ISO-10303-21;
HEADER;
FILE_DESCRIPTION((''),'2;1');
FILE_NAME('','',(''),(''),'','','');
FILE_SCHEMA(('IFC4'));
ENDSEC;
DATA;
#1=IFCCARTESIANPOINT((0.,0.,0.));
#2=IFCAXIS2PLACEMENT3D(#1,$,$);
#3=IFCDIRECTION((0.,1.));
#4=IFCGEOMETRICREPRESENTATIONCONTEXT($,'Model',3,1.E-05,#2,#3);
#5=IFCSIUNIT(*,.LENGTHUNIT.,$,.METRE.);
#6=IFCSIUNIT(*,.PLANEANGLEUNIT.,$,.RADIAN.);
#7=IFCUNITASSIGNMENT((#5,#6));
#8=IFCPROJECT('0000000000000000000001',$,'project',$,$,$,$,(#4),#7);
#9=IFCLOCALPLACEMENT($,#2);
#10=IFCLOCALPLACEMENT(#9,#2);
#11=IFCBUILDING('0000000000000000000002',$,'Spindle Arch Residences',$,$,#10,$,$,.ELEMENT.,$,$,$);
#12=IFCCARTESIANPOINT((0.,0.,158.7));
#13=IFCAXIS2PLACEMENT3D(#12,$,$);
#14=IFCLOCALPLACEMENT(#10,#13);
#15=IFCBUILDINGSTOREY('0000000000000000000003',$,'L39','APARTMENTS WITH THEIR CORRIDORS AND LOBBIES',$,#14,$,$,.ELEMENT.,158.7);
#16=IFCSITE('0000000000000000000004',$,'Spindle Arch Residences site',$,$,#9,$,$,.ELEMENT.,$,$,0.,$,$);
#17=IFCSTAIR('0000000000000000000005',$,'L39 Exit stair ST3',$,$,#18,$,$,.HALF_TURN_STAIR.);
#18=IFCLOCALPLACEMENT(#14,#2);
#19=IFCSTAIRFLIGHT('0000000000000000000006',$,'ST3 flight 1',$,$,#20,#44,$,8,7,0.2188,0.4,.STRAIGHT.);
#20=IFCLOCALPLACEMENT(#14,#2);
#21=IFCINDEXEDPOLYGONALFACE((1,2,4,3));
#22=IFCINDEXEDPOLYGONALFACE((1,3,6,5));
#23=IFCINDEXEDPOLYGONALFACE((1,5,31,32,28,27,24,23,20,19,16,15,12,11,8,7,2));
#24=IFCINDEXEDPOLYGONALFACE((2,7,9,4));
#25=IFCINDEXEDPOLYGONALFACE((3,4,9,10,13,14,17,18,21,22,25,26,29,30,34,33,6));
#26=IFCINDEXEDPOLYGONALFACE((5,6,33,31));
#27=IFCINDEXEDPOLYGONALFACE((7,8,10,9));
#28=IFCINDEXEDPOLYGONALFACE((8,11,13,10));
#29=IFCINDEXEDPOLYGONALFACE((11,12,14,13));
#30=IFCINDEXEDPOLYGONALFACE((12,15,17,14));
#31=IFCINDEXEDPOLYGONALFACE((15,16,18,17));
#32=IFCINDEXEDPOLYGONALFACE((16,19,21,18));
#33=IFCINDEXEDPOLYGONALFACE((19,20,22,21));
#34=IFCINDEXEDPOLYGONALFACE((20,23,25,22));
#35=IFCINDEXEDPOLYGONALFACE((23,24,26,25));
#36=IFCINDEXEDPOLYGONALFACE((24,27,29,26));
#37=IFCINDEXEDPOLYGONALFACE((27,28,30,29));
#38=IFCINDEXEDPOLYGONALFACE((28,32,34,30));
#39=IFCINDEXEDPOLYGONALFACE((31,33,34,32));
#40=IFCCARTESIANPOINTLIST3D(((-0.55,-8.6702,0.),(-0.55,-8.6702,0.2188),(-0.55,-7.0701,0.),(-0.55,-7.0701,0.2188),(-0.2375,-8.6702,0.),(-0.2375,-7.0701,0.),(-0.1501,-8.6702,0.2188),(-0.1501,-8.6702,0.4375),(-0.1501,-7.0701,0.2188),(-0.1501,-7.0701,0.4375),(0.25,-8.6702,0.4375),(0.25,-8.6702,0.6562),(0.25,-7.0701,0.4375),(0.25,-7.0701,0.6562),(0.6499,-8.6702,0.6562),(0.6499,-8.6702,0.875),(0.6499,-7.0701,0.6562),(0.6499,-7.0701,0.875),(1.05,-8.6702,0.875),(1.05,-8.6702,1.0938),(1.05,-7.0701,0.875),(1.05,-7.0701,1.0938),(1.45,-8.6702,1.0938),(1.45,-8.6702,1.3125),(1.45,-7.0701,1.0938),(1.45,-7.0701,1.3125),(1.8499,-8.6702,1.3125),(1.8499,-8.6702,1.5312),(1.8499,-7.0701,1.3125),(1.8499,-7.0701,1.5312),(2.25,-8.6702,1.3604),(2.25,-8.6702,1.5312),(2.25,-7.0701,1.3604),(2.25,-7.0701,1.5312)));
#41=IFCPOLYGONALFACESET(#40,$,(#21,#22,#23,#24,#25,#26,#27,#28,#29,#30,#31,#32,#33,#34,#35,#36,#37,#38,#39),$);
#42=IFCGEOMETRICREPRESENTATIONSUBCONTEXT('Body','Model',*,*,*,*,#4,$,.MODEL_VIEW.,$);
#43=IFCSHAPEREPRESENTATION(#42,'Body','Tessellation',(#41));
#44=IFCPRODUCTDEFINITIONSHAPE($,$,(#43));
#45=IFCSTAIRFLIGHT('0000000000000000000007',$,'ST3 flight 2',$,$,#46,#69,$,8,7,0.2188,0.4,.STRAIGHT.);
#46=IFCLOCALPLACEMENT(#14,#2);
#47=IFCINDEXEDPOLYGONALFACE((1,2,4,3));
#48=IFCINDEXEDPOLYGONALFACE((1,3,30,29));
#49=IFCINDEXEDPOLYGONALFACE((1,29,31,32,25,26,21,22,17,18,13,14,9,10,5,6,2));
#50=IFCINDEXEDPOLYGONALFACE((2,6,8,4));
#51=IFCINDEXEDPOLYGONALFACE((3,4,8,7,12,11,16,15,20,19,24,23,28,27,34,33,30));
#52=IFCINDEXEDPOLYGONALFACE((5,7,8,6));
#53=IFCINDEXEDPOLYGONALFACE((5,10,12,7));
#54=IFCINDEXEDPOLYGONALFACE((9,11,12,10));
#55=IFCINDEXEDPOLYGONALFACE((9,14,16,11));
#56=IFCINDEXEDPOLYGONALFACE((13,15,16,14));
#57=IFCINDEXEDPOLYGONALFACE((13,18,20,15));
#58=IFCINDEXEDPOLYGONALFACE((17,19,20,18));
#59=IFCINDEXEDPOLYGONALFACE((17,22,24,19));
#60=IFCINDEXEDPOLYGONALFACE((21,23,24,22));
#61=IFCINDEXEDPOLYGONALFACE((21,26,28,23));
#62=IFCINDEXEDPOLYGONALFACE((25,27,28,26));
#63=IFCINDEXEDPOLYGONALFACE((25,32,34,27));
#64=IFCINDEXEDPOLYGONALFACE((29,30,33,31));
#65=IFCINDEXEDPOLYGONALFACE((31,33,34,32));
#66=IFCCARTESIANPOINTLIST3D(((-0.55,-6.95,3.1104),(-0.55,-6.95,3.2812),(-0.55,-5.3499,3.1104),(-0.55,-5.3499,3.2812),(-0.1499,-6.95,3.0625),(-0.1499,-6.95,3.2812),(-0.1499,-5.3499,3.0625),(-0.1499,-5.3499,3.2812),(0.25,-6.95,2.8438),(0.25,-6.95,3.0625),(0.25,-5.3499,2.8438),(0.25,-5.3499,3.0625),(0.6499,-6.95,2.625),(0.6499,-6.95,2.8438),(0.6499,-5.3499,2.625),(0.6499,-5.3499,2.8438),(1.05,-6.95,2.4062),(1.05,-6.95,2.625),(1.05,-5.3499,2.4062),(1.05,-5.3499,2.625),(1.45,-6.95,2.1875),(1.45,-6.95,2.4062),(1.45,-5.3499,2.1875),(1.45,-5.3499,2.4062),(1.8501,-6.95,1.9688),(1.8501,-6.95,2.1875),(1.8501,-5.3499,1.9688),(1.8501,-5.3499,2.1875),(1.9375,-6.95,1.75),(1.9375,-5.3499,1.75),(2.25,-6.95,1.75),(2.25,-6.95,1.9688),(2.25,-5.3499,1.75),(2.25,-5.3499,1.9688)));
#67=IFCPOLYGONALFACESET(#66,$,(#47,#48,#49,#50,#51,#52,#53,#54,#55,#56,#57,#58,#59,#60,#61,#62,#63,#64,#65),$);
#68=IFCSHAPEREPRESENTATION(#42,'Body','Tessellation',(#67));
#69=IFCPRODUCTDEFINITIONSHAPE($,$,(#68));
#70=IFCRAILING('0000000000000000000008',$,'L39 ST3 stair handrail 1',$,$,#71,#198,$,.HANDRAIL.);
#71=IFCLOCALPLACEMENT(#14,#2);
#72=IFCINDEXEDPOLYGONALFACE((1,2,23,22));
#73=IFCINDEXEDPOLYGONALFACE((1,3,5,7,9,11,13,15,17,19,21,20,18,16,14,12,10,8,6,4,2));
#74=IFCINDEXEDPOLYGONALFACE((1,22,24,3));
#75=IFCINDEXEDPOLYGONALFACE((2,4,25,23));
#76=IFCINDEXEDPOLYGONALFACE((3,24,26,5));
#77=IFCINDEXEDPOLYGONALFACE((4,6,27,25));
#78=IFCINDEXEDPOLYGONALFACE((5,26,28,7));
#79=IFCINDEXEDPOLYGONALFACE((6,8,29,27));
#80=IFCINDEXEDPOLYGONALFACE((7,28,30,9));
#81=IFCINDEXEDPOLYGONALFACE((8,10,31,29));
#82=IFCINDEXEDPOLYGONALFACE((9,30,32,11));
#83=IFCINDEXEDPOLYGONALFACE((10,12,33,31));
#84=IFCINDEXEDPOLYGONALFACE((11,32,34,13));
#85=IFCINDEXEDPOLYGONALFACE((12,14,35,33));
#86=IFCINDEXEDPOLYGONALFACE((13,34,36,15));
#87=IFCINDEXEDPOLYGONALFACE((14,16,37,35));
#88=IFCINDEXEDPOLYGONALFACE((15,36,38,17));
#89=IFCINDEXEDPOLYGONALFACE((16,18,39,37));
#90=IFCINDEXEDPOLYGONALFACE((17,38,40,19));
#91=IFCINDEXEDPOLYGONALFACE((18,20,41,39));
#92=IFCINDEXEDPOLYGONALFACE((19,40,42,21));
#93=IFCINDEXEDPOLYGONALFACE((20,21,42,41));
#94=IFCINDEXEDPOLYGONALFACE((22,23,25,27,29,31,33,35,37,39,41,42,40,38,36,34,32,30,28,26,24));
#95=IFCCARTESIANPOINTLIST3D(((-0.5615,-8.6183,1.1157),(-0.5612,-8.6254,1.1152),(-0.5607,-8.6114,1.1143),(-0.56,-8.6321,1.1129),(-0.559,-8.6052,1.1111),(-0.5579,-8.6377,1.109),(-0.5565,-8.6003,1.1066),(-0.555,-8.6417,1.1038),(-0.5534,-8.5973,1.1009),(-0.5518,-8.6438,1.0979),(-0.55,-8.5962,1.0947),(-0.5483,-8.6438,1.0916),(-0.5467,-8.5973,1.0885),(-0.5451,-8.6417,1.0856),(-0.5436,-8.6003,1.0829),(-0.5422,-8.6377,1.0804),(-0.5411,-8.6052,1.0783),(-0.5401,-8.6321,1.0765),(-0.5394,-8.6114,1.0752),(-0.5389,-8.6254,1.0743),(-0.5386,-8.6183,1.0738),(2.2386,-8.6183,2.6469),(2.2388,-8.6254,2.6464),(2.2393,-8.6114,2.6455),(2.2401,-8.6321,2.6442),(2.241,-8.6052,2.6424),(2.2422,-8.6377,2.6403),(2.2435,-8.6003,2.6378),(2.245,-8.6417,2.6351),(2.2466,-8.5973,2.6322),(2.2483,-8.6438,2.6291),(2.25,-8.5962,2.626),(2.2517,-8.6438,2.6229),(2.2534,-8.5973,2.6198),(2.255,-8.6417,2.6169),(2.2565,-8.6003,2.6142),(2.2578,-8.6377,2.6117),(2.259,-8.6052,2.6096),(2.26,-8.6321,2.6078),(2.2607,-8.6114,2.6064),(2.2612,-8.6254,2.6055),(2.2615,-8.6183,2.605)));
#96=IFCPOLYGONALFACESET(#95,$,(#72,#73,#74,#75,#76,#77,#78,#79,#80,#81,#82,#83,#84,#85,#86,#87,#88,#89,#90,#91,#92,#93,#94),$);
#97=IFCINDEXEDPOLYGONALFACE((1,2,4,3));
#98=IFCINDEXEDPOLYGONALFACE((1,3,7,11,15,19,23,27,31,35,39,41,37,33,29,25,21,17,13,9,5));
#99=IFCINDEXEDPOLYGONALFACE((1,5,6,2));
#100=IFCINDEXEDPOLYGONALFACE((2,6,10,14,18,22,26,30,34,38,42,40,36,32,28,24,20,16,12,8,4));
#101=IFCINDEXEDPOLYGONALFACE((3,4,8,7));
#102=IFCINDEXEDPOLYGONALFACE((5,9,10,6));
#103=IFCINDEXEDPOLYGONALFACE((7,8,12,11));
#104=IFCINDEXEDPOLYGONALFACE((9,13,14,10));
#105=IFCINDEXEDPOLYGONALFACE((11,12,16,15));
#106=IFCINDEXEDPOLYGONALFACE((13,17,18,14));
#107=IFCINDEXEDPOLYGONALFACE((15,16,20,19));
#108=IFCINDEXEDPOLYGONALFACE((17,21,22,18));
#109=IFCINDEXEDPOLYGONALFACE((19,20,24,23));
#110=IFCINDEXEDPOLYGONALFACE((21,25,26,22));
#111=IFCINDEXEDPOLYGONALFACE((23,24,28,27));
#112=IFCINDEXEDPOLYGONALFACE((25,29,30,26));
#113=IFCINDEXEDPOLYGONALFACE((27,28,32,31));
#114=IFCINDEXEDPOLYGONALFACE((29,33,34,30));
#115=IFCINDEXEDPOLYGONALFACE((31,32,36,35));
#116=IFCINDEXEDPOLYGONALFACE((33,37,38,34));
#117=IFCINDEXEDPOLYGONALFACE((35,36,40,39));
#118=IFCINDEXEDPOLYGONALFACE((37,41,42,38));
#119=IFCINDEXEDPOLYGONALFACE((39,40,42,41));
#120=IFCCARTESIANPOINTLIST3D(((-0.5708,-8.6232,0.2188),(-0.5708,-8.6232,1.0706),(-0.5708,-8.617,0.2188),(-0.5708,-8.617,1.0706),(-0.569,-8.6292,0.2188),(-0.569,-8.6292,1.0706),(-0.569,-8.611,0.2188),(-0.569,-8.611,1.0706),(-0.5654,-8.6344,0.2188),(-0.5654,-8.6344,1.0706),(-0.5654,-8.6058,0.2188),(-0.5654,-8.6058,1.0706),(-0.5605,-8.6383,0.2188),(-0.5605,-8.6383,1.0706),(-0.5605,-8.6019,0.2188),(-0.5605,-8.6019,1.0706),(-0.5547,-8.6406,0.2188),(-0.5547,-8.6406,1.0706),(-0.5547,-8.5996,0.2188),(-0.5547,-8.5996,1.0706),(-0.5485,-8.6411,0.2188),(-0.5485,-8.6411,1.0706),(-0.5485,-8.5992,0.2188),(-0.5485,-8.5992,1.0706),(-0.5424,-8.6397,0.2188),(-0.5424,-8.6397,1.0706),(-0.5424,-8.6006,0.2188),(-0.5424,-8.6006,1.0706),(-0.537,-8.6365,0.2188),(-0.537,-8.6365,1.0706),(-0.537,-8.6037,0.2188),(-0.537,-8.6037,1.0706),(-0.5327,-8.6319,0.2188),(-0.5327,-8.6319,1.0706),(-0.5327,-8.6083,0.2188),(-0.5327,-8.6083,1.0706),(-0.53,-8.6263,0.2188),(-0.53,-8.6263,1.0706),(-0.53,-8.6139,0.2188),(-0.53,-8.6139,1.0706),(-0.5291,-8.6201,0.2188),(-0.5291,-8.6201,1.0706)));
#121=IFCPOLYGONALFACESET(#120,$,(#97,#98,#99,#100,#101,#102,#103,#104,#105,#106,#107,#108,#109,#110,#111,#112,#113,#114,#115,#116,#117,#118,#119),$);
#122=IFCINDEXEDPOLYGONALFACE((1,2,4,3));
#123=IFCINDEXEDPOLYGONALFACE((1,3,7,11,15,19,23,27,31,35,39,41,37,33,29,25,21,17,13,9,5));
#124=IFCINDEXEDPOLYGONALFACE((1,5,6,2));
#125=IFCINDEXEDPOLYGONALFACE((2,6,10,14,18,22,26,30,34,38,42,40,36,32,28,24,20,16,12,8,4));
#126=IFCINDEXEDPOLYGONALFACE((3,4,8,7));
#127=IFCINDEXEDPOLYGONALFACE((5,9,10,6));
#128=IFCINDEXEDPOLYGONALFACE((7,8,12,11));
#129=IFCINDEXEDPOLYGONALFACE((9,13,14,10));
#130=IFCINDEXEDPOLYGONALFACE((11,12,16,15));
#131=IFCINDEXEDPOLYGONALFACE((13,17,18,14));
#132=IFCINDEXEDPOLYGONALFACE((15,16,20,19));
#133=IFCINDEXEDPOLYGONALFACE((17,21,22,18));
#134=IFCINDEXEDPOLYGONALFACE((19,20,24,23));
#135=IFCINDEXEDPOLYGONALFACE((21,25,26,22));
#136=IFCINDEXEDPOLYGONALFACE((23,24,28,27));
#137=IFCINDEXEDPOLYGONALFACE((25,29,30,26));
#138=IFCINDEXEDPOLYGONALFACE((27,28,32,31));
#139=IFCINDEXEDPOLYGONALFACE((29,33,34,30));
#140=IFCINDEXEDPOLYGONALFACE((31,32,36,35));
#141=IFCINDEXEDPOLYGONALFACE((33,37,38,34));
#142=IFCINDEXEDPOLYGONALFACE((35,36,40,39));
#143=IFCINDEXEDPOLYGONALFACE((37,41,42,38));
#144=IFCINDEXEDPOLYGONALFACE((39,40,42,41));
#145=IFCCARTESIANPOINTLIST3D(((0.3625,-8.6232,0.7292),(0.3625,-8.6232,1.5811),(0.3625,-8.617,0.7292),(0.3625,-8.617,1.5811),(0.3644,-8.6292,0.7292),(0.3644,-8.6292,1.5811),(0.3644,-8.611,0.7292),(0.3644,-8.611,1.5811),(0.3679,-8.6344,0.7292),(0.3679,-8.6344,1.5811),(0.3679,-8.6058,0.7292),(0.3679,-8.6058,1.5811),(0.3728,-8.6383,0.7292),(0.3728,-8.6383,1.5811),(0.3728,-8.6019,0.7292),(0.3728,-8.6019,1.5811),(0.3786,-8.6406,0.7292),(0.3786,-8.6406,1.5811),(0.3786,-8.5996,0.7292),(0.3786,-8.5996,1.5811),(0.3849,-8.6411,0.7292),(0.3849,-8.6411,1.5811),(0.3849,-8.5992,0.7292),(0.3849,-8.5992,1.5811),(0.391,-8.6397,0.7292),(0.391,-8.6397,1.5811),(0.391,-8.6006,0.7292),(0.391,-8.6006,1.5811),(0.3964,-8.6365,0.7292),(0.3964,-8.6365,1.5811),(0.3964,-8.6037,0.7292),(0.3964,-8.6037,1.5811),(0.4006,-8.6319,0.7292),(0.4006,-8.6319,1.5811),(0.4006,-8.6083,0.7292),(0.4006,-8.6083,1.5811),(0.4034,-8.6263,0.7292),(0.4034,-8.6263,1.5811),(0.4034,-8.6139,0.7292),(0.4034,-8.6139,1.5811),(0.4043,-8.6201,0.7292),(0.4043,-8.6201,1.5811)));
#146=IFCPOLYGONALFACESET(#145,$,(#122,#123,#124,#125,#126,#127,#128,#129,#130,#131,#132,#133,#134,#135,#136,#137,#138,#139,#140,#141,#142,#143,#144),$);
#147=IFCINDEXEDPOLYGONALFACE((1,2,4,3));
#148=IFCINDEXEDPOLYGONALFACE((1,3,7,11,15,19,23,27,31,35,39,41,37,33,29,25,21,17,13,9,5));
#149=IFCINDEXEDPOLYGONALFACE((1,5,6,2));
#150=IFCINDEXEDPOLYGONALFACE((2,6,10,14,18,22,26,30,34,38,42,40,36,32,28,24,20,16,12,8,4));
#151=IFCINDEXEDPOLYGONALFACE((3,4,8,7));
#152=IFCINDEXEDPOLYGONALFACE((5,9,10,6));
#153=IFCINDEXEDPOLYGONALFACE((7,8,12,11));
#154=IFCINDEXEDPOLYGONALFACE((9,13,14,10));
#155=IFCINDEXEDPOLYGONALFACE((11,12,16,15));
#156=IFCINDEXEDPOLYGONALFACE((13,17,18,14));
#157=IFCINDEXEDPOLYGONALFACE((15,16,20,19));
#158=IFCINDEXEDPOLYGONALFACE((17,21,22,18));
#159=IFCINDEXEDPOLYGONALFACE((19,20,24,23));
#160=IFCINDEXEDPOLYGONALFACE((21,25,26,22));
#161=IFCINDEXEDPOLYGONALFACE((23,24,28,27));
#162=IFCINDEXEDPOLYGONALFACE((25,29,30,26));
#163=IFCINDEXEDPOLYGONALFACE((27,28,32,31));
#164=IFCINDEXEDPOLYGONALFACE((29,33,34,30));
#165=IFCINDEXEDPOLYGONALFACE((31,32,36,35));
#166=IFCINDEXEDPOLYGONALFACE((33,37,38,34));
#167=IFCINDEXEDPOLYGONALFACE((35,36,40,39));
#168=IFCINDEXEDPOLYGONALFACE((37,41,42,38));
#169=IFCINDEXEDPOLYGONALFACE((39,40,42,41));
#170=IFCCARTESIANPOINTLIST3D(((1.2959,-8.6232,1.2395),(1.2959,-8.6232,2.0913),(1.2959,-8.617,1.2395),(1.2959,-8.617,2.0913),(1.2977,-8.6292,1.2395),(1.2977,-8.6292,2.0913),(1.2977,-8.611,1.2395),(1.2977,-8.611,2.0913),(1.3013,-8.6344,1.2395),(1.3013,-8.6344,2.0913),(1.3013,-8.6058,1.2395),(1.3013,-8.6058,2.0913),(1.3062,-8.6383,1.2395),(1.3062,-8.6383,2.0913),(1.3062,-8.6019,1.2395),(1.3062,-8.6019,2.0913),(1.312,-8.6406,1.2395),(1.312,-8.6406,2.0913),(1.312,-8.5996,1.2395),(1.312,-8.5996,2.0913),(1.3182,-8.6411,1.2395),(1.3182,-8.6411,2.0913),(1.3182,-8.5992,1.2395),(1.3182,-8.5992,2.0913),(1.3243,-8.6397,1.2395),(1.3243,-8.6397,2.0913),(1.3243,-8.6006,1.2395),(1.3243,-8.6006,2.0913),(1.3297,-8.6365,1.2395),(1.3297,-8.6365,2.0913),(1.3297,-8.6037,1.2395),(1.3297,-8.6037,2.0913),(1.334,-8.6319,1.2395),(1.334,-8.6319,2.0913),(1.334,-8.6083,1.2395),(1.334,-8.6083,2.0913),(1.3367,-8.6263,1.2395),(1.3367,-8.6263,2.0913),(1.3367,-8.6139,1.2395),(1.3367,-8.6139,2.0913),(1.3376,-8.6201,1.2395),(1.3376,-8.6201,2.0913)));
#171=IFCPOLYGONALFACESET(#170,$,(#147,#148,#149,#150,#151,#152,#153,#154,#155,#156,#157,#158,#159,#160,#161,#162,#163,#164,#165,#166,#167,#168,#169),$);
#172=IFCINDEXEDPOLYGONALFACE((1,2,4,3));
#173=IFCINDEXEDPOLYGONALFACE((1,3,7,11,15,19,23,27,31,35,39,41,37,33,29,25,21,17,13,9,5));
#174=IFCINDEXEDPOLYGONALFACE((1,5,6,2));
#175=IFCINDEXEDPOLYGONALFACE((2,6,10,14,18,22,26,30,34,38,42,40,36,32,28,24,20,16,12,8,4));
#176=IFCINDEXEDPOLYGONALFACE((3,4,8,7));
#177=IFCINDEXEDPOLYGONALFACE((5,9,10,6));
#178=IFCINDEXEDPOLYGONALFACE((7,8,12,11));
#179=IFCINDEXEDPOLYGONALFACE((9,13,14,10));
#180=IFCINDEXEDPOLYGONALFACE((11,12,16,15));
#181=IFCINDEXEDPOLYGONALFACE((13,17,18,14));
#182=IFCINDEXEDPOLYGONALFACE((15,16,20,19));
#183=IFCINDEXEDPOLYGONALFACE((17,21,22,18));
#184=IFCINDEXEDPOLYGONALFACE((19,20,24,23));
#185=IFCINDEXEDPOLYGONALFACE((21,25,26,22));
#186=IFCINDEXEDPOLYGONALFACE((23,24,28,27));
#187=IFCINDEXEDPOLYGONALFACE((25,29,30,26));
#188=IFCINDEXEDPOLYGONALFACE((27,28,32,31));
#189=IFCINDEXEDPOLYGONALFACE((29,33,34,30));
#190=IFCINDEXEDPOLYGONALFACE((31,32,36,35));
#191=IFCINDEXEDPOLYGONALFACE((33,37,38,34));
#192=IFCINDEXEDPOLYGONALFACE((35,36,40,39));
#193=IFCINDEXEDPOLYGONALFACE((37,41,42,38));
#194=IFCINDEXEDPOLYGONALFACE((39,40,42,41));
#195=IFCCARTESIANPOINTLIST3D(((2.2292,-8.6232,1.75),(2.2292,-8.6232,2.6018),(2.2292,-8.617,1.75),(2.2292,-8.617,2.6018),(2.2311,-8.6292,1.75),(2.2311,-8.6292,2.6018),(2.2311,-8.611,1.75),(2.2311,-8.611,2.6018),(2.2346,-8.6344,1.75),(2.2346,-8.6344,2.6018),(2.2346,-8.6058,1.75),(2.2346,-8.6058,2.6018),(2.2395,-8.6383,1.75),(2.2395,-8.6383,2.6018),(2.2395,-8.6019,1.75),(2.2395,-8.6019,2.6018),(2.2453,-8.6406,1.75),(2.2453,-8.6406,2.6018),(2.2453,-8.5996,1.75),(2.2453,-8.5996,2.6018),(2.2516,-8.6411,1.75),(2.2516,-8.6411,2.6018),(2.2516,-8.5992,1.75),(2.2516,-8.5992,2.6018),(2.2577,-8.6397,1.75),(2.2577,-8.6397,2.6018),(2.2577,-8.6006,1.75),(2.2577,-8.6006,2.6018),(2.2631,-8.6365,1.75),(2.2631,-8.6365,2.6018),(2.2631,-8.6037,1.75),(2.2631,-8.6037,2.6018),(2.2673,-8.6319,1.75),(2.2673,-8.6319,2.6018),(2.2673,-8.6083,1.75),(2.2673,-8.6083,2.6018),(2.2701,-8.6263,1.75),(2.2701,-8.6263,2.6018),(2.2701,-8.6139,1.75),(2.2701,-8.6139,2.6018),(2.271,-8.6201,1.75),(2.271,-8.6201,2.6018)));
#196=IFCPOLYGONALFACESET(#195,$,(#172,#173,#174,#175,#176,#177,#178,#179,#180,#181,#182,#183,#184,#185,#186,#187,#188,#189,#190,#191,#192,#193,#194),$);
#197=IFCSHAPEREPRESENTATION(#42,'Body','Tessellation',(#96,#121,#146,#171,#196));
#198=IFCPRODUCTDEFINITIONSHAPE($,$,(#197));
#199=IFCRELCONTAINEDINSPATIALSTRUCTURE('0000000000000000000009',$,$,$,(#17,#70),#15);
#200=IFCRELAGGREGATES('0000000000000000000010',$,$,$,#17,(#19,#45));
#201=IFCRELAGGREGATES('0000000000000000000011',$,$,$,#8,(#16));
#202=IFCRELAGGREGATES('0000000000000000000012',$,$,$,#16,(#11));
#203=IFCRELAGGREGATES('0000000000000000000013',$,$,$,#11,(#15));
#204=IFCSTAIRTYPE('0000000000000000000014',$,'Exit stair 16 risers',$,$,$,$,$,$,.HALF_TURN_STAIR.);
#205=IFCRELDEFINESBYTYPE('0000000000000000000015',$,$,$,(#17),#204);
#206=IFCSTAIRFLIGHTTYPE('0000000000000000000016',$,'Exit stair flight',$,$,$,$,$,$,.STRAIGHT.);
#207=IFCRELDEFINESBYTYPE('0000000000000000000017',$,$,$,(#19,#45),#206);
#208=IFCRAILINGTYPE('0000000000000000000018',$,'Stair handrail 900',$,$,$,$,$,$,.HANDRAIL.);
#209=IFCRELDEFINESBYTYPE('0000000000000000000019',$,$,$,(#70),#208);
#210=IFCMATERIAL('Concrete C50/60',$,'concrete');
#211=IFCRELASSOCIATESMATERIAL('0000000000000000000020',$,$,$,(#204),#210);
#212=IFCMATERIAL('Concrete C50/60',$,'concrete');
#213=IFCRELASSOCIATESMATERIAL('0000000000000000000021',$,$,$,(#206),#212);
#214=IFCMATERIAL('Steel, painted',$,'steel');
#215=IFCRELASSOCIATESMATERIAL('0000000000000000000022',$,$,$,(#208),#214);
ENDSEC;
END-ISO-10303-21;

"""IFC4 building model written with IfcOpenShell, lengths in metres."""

from ifc_helpers import new_model, si_unit, direction, frame, origin, origin_2d, place, context, subcontext, project, spatial, polyline, circle, outline, extrude, material, type_object, element, aggregate, save


model = new_model("IFC4")

# Units and contexts
model_context = context("Model", 3, precision=1e-05, world=origin(), true_north=direction((0.0, 1.0)))
body_context = subcontext(model_context, "Body", "Model", "MODEL_VIEW")
ifc_project = project(units=[si_unit("LENGTHUNIT", "METRE"), si_unit("PLANEANGLEUNIT", "RADIAN")], contexts=[model_context])

# Site, building, storey
site_placement = place(None, origin())
site = spatial("IfcSite", under=ifc_project, at=site_placement, Name="Spindle Arch Residences site", CompositionType="ELEMENT", RefElevation=0.0)
building_placement = place(site_placement, origin())
building = spatial("IfcBuilding", under=site, at=building_placement, Name="Spindle Arch Residences", CompositionType="ELEMENT")
storey_placement = place(building_placement, frame((0.0, 0.0, 158.7)))
storey = spatial("IfcBuildingStorey", under=building, at=storey_placement, Name="L39", Description="APARTMENTS WITH THEIR CORRIDORS AND LOBBIES", CompositionType="ELEMENT", Elevation=158.7)

# Shared definitions
ifc_material_1 = material(Name="Concrete C50/60", Category="concrete")
stair_type = type_object("IfcStairType", Name="Exit stair 16 risers", PredefinedType="HALF_TURN_STAIR", material=ifc_material_1)

# Stair, stair flights
stair_1_placement = place(storey_placement, origin())
stair_1 = element("IfcStair", 1, at=stair_1_placement, inside=storey, type_object=stair_type, Name="L39 Exit stair ST3", PredefinedType="HALF_TURN_STAIR")
ifc_material_2 = material(Name="Concrete C50/60", Category="concrete")
stair_flight_type = type_object("IfcStairFlightType", Name="Exit stair flight", PredefinedType="STRAIGHT", material=ifc_material_2)
stair_flight_1_placement = place(storey_placement, frame((-0.55, -7.8701, 0.0), z_axis=(0.0, 0.0, 1.0), x_axis=(1.0, 0.0, 0.0)))
stair_flight_1 = element("IfcStairFlight", 2, at=stair_flight_1_placement, type_object=stair_flight_type, Name="ST3 flight 1", NumberOfRisers=8, NumberOfTreads=7, PredefinedType="STRAIGHT", RiserHeight=0.2188, TreadLength=0.4, context=body_context, shape_type="SweptSolid", body=[
    extrude(outline(polyline([(0.0, 0.0), (0.0, 0.2188), (0.3999, 0.2188), (0.3999, 0.4375), (0.8, 0.4375), (0.8, 0.6562), (1.2, 0.6562), (1.2, 0.875), (1.6001, 0.875), (1.6001, 1.0938), (2.0, 1.0938), (2.0, 1.3125), (2.3999, 1.3125), (2.3999, 1.5312), (2.8, 1.5312), (2.8, 1.75), (2.8, 1.3604), (0.3125, 0.0), (0.0, 0.0)])), frame((0.0, 0.8, 0.0), z_axis=(0.0, -1.0, 0.0), x_axis=(1.0, 0.0, 0.0)), (0.0, 0.0, 1.0), 1.6001),
])
stair_flight_2_placement = place(storey_placement, frame((2.25, -6.1499, 1.75), z_axis=(0.0, 0.0, 1.0), x_axis=(-1.0, 0.0, 0.0)))
stair_flight_2 = element("IfcStairFlight", 3, at=stair_flight_2_placement, type_object=stair_flight_type, Name="ST3 flight 2", NumberOfRisers=8, NumberOfTreads=7, PredefinedType="STRAIGHT", RiserHeight=0.2188, TreadLength=0.4, context=body_context, shape_type="SweptSolid", body=[
    extrude(outline(polyline([(0.0, 0.0), (0.0, 0.2188), (0.3999, 0.2188), (0.3999, 0.4375), (0.8, 0.4375), (0.8, 0.6562), (1.2, 0.6562), (1.2, 0.875), (1.6001, 0.875), (1.6001, 1.0938), (2.0, 1.0938), (2.0, 1.3125), (2.3999, 1.3125), (2.3999, 1.5312), (2.8, 1.5312), (2.8, 1.75), (2.8, 1.3604), (0.3125, 0.0), (0.0, 0.0)])), frame((0.0, 0.8, 0.0), z_axis=(0.0, -1.0, 0.0), x_axis=(1.0, 0.0, 0.0)), (0.0, 0.0, 1.0), 1.6001),
])
aggregate(stair_1, [stair_flight_1, stair_flight_2])

# Railing
ifc_material_3 = material(Name="Steel, painted", Category="steel")
railing_type_1 = type_object("IfcRailingType", Name="Stair handrail 900", PredefinedType="HANDRAIL", material=ifc_material_3)
railing_1_placement = place(storey_placement, frame((-0.55, -8.6201, 0.2188)))
element("IfcRailing", 4, at=railing_1_placement, inside=storey, type_object=railing_type_1, Name="L39 ST3 stair handrail 1", PredefinedType="HANDRAIL", context=body_context, shape_type="SweptSolid", body=[
    extrude(circle(Radius=0.0239, at=origin_2d()), frame((0.0, 0.0, 0.876), z_axis=(0.877375, 0.0, 0.479806), x_axis=(0.0, 1.0, 0.0)), (0.0, 0.0, 1.0), 3.1914),
    extrude(circle(Radius=0.021, at=origin_2d()), origin(), (0.0, 0.0, 1.0), 0.8518),
    extrude(circle(Radius=0.021, at=origin_2d()), frame((0.9333, 0.0, 0.5105)), (0.0, 0.0, 1.0), 0.8518),
    extrude(circle(Radius=0.021, at=origin_2d()), frame((1.8667, 0.0, 1.0208)), (0.0, 0.0, 1.0), 0.8518),
    extrude(circle(Radius=0.021, at=origin_2d()), frame((2.8, 0.0, 1.5312)), (0.0, 0.0, 1.0), 0.8518),
])

save(model, "model.ifc")
